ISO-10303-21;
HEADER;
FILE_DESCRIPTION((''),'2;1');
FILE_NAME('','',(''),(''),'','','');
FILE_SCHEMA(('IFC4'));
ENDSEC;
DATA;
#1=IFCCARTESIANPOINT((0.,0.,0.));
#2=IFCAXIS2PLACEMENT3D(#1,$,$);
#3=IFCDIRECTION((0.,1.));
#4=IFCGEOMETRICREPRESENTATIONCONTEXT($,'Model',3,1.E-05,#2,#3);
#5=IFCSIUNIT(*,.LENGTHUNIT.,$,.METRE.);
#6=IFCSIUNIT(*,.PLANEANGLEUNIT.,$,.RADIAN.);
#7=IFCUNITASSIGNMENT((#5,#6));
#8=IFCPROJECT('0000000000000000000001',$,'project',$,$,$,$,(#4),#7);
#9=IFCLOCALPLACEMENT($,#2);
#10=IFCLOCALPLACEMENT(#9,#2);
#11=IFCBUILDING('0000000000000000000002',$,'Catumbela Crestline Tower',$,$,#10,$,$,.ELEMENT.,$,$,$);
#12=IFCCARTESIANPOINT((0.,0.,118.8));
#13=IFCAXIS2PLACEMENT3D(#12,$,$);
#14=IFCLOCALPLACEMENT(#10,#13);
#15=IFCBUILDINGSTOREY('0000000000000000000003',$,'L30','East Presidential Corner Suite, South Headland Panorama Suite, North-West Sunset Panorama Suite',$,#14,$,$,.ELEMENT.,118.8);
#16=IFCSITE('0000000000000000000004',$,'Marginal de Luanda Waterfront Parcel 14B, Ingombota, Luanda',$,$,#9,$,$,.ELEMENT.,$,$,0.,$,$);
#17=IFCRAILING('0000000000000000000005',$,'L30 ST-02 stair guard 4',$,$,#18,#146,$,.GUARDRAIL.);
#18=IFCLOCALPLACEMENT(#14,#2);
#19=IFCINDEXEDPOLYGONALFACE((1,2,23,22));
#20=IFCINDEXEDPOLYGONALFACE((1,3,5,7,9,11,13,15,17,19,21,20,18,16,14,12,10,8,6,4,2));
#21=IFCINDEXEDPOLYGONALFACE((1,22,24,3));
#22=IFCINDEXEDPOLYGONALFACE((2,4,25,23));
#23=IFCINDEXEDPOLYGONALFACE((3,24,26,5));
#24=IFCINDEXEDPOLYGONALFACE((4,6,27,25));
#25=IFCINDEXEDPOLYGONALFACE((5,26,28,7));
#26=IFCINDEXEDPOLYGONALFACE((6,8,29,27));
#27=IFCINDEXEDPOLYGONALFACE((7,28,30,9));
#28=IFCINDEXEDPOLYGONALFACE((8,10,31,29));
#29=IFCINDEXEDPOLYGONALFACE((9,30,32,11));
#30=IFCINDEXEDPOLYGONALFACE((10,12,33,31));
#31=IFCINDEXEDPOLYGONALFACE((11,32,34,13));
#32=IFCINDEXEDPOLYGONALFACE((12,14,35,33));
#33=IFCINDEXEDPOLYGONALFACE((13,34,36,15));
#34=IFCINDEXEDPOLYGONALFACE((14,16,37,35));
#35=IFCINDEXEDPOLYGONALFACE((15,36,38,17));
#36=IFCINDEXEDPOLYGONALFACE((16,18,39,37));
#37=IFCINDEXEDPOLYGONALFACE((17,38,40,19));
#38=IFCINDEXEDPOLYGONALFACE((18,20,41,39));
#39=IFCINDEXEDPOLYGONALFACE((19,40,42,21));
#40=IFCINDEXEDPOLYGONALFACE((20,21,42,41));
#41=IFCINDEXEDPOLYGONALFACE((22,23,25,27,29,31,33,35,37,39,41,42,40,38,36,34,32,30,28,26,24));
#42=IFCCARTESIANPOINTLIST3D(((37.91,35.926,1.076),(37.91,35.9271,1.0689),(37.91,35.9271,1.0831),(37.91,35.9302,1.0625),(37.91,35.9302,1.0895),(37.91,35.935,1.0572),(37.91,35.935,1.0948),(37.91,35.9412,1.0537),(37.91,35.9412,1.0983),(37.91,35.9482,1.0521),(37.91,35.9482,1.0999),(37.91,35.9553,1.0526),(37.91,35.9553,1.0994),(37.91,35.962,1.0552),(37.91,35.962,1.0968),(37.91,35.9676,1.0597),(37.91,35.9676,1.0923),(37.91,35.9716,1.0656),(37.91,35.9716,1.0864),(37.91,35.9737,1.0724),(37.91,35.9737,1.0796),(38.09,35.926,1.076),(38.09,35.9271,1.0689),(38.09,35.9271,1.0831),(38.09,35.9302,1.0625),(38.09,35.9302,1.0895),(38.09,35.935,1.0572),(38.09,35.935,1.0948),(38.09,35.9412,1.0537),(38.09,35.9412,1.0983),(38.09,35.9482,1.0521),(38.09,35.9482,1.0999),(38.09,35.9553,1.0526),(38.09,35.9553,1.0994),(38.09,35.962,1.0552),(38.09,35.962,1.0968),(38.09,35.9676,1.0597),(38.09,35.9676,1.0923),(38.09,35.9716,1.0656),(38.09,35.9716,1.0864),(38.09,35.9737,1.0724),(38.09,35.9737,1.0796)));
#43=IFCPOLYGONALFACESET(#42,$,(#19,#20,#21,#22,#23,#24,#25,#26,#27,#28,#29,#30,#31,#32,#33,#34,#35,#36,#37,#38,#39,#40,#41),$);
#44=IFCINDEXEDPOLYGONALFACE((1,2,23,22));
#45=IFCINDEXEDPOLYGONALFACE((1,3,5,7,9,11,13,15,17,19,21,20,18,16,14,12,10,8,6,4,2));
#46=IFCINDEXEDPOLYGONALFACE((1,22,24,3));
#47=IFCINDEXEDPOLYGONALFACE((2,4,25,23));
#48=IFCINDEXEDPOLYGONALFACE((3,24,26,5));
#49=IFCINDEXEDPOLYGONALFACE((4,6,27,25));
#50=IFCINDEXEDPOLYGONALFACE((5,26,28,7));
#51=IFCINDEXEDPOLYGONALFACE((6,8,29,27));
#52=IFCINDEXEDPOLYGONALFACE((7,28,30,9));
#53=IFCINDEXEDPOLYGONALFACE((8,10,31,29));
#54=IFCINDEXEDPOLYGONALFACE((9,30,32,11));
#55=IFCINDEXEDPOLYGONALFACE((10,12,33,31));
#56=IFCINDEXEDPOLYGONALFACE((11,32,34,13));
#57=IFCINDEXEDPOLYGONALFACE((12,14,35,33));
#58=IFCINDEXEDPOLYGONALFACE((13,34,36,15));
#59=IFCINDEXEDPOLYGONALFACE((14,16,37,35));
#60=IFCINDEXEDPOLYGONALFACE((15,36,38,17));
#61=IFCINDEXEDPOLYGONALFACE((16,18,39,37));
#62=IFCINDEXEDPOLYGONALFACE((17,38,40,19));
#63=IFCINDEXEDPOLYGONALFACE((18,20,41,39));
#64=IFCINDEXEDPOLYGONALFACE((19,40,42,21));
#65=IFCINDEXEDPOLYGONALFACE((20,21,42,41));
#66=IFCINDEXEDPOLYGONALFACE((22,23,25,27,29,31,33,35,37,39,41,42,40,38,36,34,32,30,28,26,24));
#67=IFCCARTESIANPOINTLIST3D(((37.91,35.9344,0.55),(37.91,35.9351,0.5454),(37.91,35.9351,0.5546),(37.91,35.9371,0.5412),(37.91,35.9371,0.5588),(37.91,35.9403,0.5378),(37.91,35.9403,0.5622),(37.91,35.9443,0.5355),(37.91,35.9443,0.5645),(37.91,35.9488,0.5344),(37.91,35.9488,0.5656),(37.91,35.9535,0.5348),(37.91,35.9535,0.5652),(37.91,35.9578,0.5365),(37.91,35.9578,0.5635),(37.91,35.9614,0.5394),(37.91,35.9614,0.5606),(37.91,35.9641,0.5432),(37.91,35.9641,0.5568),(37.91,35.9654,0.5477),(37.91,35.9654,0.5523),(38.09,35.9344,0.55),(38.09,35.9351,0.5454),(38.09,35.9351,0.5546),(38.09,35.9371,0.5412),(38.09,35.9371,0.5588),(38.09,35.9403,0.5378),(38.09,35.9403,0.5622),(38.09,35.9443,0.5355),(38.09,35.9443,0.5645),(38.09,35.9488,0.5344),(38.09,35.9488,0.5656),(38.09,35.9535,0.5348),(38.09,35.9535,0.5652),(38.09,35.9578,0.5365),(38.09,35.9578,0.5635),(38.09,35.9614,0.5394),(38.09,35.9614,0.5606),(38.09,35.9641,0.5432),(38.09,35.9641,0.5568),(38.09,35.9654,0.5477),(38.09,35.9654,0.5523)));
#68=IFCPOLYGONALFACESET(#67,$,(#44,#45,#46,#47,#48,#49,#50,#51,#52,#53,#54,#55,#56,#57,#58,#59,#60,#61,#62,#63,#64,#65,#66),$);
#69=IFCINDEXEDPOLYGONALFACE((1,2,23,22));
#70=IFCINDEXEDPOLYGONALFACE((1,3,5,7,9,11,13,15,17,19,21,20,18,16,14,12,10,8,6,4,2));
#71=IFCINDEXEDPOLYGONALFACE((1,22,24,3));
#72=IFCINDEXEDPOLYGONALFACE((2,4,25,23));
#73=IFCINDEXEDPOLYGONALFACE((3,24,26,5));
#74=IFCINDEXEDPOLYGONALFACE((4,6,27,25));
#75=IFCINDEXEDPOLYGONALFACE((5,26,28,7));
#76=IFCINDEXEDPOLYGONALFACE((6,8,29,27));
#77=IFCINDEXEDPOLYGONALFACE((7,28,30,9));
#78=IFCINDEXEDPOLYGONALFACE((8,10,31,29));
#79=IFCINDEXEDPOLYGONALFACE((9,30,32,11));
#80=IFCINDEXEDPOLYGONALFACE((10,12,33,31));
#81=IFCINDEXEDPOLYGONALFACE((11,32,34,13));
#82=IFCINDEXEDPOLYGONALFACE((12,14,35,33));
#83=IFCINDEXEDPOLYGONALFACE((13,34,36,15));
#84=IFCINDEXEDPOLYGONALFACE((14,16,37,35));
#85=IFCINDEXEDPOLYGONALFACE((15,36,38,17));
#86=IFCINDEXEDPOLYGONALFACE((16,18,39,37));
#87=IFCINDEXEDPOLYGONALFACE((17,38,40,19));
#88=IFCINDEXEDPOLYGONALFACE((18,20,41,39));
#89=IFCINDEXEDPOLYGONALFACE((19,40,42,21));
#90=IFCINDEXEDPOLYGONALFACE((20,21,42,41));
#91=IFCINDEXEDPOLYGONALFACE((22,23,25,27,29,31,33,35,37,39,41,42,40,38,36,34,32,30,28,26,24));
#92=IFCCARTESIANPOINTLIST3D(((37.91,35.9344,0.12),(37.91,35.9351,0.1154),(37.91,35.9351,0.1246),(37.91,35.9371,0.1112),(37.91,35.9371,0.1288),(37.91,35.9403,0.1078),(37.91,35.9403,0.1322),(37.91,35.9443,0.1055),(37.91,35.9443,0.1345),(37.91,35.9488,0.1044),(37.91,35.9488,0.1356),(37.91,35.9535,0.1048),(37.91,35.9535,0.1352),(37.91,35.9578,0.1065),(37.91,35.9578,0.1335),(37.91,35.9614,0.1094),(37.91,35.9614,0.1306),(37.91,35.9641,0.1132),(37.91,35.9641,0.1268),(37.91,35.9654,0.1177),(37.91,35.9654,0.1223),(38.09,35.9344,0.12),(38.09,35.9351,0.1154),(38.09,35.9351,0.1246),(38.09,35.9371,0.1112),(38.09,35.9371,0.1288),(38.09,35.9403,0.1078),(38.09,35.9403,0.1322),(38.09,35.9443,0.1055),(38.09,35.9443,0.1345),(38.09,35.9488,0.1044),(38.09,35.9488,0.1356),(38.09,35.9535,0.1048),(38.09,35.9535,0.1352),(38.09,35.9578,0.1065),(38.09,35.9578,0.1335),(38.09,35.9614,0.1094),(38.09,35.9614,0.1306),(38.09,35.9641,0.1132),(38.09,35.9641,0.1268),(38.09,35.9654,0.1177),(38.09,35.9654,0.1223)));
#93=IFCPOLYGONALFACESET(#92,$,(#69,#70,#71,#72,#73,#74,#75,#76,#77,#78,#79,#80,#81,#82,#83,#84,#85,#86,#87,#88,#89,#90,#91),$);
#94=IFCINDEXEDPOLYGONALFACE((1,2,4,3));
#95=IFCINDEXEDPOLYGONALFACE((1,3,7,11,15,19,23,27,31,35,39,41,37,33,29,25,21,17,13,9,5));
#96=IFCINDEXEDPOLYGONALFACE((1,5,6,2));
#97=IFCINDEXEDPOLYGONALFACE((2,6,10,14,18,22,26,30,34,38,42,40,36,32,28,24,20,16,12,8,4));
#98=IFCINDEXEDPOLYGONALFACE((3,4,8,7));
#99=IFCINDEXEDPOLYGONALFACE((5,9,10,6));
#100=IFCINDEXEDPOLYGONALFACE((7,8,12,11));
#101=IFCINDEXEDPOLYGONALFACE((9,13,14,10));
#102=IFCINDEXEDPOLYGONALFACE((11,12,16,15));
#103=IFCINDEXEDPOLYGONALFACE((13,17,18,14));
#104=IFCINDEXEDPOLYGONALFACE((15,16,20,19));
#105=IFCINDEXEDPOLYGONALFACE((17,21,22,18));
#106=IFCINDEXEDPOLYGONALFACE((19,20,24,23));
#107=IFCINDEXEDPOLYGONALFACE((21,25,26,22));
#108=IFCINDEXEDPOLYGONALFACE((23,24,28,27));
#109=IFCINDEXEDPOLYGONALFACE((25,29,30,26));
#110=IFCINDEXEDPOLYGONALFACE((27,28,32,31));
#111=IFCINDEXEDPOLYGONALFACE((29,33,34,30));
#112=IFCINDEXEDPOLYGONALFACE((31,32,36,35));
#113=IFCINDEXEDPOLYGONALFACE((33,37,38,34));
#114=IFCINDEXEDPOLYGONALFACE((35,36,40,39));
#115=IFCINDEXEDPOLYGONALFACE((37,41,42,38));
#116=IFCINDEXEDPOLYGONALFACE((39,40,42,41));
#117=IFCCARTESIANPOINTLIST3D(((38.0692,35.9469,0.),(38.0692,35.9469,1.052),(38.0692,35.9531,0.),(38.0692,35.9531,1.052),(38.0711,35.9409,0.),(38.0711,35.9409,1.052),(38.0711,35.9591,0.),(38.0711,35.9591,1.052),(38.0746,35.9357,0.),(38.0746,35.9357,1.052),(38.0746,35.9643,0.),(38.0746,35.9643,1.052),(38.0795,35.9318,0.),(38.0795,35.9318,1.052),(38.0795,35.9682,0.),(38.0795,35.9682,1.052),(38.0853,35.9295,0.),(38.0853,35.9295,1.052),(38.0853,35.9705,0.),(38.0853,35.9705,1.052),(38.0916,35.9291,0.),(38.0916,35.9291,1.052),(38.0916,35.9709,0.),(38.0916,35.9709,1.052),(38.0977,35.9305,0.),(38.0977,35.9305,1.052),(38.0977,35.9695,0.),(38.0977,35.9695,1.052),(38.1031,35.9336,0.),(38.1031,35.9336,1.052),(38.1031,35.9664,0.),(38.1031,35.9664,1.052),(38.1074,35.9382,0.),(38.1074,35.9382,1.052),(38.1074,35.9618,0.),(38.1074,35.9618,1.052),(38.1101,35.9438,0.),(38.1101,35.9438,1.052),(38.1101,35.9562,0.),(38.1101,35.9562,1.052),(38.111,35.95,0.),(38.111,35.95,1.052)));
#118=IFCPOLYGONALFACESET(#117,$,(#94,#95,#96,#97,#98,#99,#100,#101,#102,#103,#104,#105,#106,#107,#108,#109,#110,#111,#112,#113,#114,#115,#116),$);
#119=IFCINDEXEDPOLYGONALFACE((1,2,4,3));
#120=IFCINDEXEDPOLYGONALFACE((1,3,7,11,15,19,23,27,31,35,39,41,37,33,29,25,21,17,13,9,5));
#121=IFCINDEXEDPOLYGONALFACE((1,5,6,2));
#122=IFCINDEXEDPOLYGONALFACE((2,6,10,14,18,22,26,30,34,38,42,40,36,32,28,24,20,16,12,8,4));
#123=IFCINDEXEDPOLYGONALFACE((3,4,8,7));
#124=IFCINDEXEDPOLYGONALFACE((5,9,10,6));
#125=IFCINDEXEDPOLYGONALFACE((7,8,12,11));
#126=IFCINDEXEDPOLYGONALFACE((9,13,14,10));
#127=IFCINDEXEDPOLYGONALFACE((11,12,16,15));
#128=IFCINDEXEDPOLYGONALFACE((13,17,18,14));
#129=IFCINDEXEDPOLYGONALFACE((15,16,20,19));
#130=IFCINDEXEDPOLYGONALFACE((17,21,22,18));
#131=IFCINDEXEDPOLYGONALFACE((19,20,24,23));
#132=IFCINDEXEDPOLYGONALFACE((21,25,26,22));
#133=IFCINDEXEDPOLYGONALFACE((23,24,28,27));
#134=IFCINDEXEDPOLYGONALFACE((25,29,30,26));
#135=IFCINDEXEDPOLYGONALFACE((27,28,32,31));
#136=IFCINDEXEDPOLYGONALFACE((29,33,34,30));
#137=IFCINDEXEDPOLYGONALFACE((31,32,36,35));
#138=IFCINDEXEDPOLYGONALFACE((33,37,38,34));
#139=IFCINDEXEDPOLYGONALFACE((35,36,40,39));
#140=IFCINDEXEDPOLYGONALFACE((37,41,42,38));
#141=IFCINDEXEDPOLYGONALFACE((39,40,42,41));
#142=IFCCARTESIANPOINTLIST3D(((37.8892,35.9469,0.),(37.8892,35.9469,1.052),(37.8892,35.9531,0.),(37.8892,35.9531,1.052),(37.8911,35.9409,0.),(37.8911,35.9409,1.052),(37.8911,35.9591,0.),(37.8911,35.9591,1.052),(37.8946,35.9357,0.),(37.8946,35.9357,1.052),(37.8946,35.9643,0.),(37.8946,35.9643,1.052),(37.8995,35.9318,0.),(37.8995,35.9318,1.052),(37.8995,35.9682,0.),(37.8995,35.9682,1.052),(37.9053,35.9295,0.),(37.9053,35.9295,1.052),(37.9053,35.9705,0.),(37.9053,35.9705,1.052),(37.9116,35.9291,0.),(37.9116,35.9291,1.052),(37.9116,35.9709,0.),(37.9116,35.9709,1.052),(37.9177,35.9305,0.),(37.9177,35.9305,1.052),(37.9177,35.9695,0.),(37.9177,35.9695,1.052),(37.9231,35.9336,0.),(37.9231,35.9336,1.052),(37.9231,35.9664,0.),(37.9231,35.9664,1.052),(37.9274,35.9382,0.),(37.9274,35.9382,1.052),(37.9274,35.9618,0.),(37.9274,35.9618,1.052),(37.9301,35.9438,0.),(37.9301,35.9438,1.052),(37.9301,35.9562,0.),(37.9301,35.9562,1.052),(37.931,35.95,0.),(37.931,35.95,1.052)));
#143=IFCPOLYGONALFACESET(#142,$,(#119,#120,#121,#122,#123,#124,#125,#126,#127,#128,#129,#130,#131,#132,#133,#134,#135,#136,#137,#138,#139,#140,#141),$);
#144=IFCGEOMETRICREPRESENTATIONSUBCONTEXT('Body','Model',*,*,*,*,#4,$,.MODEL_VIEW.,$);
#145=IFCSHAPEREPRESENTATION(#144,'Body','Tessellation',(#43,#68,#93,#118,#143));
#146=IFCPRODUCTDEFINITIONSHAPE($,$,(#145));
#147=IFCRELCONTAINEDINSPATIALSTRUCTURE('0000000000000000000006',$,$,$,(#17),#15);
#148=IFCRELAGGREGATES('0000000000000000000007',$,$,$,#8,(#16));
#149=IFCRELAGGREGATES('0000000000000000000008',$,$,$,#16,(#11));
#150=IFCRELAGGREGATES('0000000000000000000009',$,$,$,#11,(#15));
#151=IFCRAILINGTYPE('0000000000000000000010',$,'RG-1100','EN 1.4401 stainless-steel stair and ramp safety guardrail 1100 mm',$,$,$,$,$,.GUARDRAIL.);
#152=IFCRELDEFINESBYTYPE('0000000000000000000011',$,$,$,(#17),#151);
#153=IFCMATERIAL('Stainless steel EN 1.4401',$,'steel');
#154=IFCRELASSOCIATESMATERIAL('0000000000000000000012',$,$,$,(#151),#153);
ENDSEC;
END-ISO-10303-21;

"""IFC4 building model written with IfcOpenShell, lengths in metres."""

from ifc_helpers import new_model, si_unit, direction, frame, origin, origin_2d, place, context, subcontext, project, spatial, circle, extrude, material, type_object, element, save


model = new_model("IFC4")

# Units and contexts
model_context = context("Model", 3, precision=1e-05, world=origin(), true_north=direction((0.0, 1.0)))
body_context = subcontext(model_context, "Body", "Model", "MODEL_VIEW")
ifc_project = project(units=[si_unit("LENGTHUNIT", "METRE"), si_unit("PLANEANGLEUNIT", "RADIAN")], contexts=[model_context])

# Site, building, storey
site_placement = place(None, origin())
site = spatial("IfcSite", under=ifc_project, at=site_placement, Name="Marginal de Luanda Waterfront Parcel 14B, Ingombota, Luanda", CompositionType="ELEMENT", RefElevation=0.0)
building_placement = place(site_placement, origin())
building = spatial("IfcBuilding", under=site, at=building_placement, Name="Catumbela Crestline Tower", CompositionType="ELEMENT")
storey_placement = place(building_placement, frame((0.0, 0.0, 118.8)))
storey = spatial("IfcBuildingStorey", under=building, at=storey_placement, Name="L30", Description="East Presidential Corner Suite, South Headland Panorama Suite, North-West Sunset Panorama Suite", CompositionType="ELEMENT", Elevation=118.8)

# Shared definitions
ifc_material_1 = material(Name="Stainless steel EN 1.4401", Category="steel")

# Railing
railing_type_1 = type_object("IfcRailingType", Name="RG-1100", Description="EN 1.4401 stainless-steel stair and ramp safety guardrail 1100 mm", PredefinedType="GUARDRAIL", material=ifc_material_1)
railing_1_placement = place(storey_placement, frame((38.09, 35.95, 0.0)))
element("IfcRailing", 1, at=railing_1_placement, inside=storey, type_object=railing_type_1, Name="L30 ST-02 stair guard 4", PredefinedType="GUARDRAIL", context=body_context, shape_type="SweptSolid", body=[
    extrude(circle(Radius=0.024, at=origin_2d()), frame((0.0, 0.0, 1.076), z_axis=(-1.0, 0.0, 0.0), x_axis=(0.0, -1.0, 0.0)), (0.0, 0.0, 1.0), 0.18),
    extrude(circle(Radius=0.0156, at=origin_2d()), frame((0.0, 0.0, 0.55), z_axis=(-1.0, 0.0, 0.0), x_axis=(0.0, -1.0, 0.0)), (0.0, 0.0, 1.0), 0.18),
    extrude(circle(Radius=0.0156, at=origin_2d()), frame((0.0, 0.0, 0.12), z_axis=(-1.0, 0.0, 0.0), x_axis=(0.0, -1.0, 0.0)), (0.0, 0.0, 1.0), 0.18),
    extrude(circle(Radius=0.021, at=origin_2d()), origin(), (0.0, 0.0, 1.0), 1.052),
    extrude(circle(Radius=0.021, at=origin_2d()), frame((-0.18, 0.0, 0.0)), (0.0, 0.0, 1.0), 1.052),
])

save(model, "model.ifc")
